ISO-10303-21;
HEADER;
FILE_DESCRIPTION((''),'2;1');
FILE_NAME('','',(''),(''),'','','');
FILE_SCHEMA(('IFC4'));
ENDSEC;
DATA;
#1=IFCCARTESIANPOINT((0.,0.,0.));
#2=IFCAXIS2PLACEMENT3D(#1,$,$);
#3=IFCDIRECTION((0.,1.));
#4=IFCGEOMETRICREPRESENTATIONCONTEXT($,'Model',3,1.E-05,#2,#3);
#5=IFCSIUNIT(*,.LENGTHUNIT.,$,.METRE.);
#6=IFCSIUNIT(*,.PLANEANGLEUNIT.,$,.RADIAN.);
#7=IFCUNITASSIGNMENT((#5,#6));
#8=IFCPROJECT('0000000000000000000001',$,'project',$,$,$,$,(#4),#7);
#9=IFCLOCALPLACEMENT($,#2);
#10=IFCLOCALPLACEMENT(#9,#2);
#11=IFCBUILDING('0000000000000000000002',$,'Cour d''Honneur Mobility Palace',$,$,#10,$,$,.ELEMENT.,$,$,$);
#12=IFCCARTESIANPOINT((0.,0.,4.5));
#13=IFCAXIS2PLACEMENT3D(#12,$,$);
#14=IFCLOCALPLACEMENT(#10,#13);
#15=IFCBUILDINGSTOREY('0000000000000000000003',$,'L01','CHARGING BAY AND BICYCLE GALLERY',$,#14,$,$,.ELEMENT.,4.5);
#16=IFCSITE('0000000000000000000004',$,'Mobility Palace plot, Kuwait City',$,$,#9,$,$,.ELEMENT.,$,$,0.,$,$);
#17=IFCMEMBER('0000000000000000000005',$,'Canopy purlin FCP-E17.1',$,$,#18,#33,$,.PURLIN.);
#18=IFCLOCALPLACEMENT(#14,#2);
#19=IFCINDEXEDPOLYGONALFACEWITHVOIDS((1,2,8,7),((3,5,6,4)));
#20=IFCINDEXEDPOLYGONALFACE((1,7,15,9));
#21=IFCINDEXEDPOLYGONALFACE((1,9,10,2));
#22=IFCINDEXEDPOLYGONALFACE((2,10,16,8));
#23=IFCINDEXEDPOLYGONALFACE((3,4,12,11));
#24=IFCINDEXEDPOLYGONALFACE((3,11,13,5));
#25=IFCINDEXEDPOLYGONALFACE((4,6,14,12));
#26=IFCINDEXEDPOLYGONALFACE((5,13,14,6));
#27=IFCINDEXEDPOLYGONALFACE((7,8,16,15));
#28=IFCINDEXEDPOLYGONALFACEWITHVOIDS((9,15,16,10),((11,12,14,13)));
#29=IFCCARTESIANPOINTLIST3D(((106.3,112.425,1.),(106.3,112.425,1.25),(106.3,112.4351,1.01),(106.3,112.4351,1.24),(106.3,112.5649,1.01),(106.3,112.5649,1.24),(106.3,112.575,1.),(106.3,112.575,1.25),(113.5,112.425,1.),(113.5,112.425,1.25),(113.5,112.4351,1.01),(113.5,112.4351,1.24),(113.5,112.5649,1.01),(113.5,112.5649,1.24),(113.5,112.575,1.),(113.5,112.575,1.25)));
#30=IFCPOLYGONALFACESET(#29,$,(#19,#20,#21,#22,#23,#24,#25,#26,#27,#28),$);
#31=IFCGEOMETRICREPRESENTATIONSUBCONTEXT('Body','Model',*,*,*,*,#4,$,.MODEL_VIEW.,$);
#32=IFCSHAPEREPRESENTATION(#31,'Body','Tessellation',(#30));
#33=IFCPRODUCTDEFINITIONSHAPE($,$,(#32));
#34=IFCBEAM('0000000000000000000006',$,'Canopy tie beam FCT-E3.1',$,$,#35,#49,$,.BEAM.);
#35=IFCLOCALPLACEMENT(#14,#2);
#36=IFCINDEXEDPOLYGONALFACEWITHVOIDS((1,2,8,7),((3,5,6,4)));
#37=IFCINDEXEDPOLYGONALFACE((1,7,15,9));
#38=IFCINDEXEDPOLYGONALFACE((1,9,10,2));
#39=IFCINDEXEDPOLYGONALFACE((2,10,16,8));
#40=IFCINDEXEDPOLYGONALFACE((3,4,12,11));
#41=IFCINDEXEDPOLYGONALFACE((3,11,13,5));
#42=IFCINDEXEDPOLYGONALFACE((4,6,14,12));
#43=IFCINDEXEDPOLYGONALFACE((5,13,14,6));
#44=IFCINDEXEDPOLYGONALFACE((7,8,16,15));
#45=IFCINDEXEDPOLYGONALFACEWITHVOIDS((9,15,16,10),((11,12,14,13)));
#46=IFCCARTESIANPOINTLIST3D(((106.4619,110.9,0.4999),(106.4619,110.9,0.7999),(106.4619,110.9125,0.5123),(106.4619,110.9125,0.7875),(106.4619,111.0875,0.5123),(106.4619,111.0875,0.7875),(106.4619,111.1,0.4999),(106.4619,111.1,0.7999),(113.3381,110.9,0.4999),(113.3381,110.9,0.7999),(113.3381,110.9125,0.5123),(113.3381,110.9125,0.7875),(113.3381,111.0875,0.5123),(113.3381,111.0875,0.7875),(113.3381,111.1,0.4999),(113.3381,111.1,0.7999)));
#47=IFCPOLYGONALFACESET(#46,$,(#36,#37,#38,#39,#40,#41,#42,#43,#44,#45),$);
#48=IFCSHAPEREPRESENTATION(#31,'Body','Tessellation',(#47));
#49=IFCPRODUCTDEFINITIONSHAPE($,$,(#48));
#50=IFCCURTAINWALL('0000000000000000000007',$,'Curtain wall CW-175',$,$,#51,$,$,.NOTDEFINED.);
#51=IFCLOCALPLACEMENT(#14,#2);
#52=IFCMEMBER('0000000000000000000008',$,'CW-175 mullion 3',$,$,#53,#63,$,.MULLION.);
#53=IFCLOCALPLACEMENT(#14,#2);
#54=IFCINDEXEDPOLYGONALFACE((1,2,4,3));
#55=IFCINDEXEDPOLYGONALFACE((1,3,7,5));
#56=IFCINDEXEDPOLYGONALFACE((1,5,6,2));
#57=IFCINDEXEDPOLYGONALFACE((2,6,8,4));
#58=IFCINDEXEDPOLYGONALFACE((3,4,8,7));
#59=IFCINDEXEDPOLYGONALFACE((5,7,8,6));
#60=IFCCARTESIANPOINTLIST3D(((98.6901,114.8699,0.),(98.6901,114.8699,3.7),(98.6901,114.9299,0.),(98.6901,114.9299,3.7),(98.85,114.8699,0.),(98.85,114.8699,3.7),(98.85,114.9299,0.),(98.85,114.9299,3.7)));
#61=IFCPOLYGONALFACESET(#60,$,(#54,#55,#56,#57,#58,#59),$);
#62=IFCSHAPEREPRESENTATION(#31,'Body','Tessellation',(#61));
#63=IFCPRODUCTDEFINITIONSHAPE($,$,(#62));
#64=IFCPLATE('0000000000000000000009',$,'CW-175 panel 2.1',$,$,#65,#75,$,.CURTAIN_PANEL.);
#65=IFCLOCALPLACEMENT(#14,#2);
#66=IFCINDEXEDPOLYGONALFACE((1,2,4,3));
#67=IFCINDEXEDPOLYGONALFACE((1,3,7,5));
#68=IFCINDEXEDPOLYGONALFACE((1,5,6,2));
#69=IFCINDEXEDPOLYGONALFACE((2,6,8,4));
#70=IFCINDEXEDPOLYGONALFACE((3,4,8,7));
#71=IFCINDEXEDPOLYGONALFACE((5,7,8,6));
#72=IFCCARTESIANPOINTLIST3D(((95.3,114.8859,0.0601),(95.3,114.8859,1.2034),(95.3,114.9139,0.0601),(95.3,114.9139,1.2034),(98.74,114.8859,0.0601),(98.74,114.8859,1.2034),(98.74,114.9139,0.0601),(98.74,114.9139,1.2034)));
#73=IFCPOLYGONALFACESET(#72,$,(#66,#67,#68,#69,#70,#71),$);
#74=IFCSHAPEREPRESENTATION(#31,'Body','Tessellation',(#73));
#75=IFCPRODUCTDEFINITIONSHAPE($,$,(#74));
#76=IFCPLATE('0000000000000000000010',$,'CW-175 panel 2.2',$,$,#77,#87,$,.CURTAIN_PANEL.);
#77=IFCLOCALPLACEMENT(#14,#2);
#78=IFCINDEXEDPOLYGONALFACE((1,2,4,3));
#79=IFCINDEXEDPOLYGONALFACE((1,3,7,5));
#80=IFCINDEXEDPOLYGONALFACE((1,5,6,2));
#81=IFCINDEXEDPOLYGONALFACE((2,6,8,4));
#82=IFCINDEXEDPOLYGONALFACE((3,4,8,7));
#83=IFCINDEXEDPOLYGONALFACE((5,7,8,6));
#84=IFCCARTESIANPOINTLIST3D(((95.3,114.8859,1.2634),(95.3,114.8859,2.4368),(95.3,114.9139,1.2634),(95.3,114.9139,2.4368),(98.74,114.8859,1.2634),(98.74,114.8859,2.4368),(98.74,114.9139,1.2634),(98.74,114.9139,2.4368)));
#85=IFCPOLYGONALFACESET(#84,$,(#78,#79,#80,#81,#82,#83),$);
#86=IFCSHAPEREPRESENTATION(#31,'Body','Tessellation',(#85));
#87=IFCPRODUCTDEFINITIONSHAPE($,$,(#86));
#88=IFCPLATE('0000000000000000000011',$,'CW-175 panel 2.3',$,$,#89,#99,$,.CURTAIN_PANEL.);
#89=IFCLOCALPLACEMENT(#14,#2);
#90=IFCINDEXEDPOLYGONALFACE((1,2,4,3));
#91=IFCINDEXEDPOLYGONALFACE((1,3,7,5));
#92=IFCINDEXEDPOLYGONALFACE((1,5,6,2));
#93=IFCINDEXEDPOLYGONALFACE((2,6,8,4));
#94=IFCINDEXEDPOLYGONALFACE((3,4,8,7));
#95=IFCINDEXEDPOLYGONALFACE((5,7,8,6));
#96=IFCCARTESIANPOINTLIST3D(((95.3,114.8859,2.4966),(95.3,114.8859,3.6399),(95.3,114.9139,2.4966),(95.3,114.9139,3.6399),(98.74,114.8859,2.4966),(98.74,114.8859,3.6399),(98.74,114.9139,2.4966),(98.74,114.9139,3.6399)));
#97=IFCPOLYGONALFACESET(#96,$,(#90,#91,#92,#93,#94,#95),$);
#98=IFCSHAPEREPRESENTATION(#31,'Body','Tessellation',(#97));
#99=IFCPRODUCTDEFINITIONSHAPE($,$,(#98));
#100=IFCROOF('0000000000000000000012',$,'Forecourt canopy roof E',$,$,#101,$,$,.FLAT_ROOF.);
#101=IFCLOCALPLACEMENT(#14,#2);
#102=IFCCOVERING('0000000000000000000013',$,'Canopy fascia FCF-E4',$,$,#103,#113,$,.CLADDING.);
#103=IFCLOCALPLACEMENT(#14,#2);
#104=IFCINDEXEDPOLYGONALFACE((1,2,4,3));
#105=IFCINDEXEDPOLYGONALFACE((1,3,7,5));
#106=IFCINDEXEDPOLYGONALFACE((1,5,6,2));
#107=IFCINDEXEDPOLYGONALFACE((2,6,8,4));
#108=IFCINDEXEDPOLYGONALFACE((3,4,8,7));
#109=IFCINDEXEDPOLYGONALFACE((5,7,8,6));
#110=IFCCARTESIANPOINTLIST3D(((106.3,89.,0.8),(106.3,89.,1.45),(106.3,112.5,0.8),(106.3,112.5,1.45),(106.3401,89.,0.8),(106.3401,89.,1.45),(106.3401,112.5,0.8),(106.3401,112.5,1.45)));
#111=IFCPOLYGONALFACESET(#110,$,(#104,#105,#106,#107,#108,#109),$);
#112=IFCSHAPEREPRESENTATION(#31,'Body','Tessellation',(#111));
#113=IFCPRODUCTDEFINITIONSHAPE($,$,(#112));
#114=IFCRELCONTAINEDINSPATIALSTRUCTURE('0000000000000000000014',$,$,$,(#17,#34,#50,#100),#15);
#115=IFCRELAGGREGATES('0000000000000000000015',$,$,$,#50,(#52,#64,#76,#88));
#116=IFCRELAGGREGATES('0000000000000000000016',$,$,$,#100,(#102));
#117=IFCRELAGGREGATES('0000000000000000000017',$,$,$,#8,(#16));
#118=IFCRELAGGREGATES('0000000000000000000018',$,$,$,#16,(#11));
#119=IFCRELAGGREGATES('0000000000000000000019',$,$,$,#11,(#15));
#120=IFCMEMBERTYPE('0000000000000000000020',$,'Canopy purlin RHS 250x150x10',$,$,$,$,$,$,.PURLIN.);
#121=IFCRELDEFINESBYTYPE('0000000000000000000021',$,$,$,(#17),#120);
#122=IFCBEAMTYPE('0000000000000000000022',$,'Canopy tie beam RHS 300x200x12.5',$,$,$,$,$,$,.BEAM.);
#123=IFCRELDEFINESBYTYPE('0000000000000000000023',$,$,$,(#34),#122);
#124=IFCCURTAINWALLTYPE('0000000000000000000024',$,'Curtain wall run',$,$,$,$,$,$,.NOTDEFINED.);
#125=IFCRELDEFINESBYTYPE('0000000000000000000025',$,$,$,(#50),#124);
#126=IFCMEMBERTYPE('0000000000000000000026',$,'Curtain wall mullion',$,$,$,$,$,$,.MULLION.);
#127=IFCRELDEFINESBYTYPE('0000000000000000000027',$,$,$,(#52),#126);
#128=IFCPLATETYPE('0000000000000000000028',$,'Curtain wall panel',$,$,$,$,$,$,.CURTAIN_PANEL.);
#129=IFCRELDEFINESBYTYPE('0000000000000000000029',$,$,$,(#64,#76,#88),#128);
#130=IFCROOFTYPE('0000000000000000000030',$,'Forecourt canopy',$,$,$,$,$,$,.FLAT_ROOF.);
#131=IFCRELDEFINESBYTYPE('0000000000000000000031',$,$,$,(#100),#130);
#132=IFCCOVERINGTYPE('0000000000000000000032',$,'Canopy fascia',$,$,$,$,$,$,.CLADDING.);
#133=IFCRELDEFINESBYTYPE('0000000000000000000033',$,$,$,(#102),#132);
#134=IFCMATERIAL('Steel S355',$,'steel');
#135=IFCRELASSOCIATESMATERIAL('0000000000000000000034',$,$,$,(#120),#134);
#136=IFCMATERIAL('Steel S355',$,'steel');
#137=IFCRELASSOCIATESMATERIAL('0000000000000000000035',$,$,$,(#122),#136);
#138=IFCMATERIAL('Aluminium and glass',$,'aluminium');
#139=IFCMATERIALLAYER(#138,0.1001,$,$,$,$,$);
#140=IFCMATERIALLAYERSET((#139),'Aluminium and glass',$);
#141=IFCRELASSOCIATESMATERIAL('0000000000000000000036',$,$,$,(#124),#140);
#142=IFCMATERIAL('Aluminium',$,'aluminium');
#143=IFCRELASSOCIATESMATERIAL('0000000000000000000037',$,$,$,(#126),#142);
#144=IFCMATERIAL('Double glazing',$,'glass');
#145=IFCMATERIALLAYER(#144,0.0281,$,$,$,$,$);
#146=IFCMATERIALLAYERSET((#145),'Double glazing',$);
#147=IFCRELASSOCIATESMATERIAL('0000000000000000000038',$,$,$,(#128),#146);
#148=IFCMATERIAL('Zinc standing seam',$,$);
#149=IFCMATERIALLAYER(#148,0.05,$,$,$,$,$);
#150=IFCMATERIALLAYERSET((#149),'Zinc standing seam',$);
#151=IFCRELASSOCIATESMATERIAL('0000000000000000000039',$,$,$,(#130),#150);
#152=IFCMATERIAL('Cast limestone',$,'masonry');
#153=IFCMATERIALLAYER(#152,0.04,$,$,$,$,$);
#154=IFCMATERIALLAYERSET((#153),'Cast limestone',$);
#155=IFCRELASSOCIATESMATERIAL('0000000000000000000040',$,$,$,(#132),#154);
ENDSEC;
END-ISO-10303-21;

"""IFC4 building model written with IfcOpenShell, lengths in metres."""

from ifc_helpers import new_model, si_unit, direction, frame, origin, origin_2d, place, context, subcontext, project, spatial, polyline, rectangle, hollow_rectangle, outline, extrude, material, layer, layer_set, material_profile, profile_set, type_object, element, aggregate, save


model = new_model("IFC4")

# Units and contexts
model_context = context("Model", 3, precision=1e-05, world=origin(), true_north=direction((0.0, 1.0)))
body_context = subcontext(model_context, "Body", "Model", "MODEL_VIEW")
ifc_project = project(units=[si_unit("LENGTHUNIT", "METRE"), si_unit("PLANEANGLEUNIT", "RADIAN")], contexts=[model_context])

# Site, building, storey
site_placement = place(None, origin())
site = spatial("IfcSite", under=ifc_project, at=site_placement, Name="Mobility Palace plot, Kuwait City", CompositionType="ELEMENT", RefElevation=0.0)
building_placement = place(site_placement, origin())
building = spatial("IfcBuilding", under=site, at=building_placement, Name="Cour d'Honneur Mobility Palace", CompositionType="ELEMENT")
storey_placement = place(building_placement, frame((0.0, 0.0, 4.5)))
storey = spatial("IfcBuildingStorey", under=building, at=storey_placement, Name="L01", Description="CHARGING BAY AND BICYCLE GALLERY", CompositionType="ELEMENT", Elevation=4.5)

# Member
ifc_material_1 = material(Name="Steel S355", Category="steel")
ifc_material_profile_1 = material_profile(ifc_material_1, hollow_rectangle(XDim=0.1499, YDim=0.25, WallThickness=0.01, at=origin_2d()), Name="RHS 250x150x10")
ifc_profile_set_1 = profile_set([ifc_material_profile_1], Name="Steel S355")
member_type_1 = type_object("IfcMemberType", Name="Canopy purlin RHS 250x150x10", PredefinedType="PURLIN", material=ifc_profile_set_1)
for number, where, z_axis, x_axis, name in (
    (1, (106.3, 112.5, 1.125), (1.0, 0.0, 0.0), (0.0, 1.0, 0.0), "Canopy purlin FCP-E17.1"),
):
    element("IfcMember", number, at=place(storey_placement, frame(where, z_axis=z_axis, x_axis=x_axis)), inside=storey, type_object=member_type_1, Name=name, PredefinedType="PURLIN", context=body_context, shape_type="SweptSolid", body=[
        extrude(hollow_rectangle(XDim=0.1499, YDim=0.25, WallThickness=0.01, at=origin_2d()), origin(), (0.0, 0.0, 1.0), 7.2),
    ])

# Beam
ifc_material_2 = material(Name="Steel S355", Category="steel")
ifc_material_profile_2 = material_profile(ifc_material_2, hollow_rectangle(XDim=0.2, YDim=0.3, WallThickness=0.0125, at=origin_2d()), Name="RHS 300x200x12.5")
ifc_profile_set_2 = profile_set([ifc_material_profile_2], Name="Steel S355")
beam_type = type_object("IfcBeamType", Name="Canopy tie beam RHS 300x200x12.5", PredefinedType="BEAM", material=ifc_profile_set_2)
beam_placement = place(storey_placement, frame((106.4619, 111.0, 0.6499), z_axis=(1.0, 0.0, 0.0), x_axis=(0.0, 1.0, 0.0)))
element("IfcBeam", 2, at=beam_placement, inside=storey, type_object=beam_type, Name="Canopy tie beam FCT-E3.1", PredefinedType="BEAM", context=body_context, shape_type="SweptSolid", body=[
    extrude(hollow_rectangle(XDim=0.2, YDim=0.3, WallThickness=0.0125, at=origin_2d()), origin(), (0.0, 0.0, 1.0), 6.8762),
])

# Curtain wall, member, plates
ifc_material_3 = material(Name="Aluminium and glass", Category="aluminium")
ifc_layer_1 = layer(ifc_material_3, 0.1001)
ifc_layer_set_1 = layer_set([ifc_layer_1], Name="Aluminium and glass")
curtain_wall_type = type_object("IfcCurtainWallType", Name="Curtain wall run", PredefinedType="NOTDEFINED", material=ifc_layer_set_1)
curtain_wall_placement = place(storey_placement, origin())
curtain_wall = element("IfcCurtainWall", 3, at=curtain_wall_placement, inside=storey, type_object=curtain_wall_type, Name="Curtain wall CW-175", PredefinedType="NOTDEFINED")
ifc_material_4 = material(Name="Aluminium", Category="aluminium")
ifc_material_profile_3 = material_profile(ifc_material_4, rectangle(XDim=0.0601, YDim=0.1599, at=origin_2d()), Name="Curtain wall mullion")
ifc_profile_set_3 = profile_set([ifc_material_profile_3], Name="Aluminium")
member_type_2 = type_object("IfcMemberType", Name="Curtain wall mullion", PredefinedType="MULLION", material=ifc_profile_set_3)
member_placement = place(storey_placement, frame((98.77, 114.8999, 0.0), z_axis=(0.0, 0.0, 1.0), x_axis=(0.0, 1.0, 0.0)))
member = element("IfcMember", 4, at=member_placement, type_object=member_type_2, Name="CW-175 mullion 3", PredefinedType="MULLION", context=body_context, shape_type="SweptSolid", body=[
    extrude(rectangle(XDim=0.0601, YDim=0.1599, at=origin_2d()), origin(), (0.0, 0.0, 1.0), 3.7),
])
ifc_material_5 = material(Name="Double glazing", Category="glass")
ifc_layer_2 = layer(ifc_material_5, 0.0281)
ifc_layer_set_2 = layer_set([ifc_layer_2], Name="Double glazing")
plate_type = type_object("IfcPlateType", Name="Curtain wall panel", PredefinedType="CURTAIN_PANEL", material=ifc_layer_set_2)
plate_1_placement = place(storey_placement, frame((97.02, 114.8999, 0.0601), z_axis=(0.0, 0.0, 1.0), x_axis=(1.0, 0.0, 0.0)))
plate_1 = element("IfcPlate", 5, at=plate_1_placement, type_object=plate_type, Name="CW-175 panel 2.1", PredefinedType="CURTAIN_PANEL", context=body_context, shape_type="SweptSolid", body=[
    extrude(rectangle(XDim=3.4399, YDim=0.0281, at=origin_2d()), origin(), (0.0, 0.0, 1.0), 1.1433),
])
plate_2_placement = place(storey_placement, frame((97.02, 114.8999, 1.2634), z_axis=(0.0, 0.0, 1.0), x_axis=(1.0, 0.0, 0.0)))
plate_2 = element("IfcPlate", 6, at=plate_2_placement, type_object=plate_type, Name="CW-175 panel 2.2", PredefinedType="CURTAIN_PANEL", context=body_context, shape_type="SweptSolid", body=[
    extrude(rectangle(XDim=3.4399, YDim=0.0281, at=origin_2d()), origin(), (0.0, 0.0, 1.0), 1.1733),
])
plate_3_placement = place(storey_placement, frame((97.02, 114.8999, 2.4966), z_axis=(0.0, 0.0, 1.0), x_axis=(1.0, 0.0, 0.0)))
plate_3 = element("IfcPlate", 7, at=plate_3_placement, type_object=plate_type, Name="CW-175 panel 2.3", PredefinedType="CURTAIN_PANEL", context=body_context, shape_type="SweptSolid", body=[
    extrude(rectangle(XDim=3.4399, YDim=0.0281, at=origin_2d()), origin(), (0.0, 0.0, 1.0), 1.1433),
])
aggregate(curtain_wall, [member, plate_1, plate_2, plate_3])

# Roof, covering
ifc_material_6 = material(Name="Zinc standing seam")
ifc_layer_3 = layer(ifc_material_6, 0.05)
ifc_layer_set_3 = layer_set([ifc_layer_3], Name="Zinc standing seam")
roof_type = type_object("IfcRoofType", Name="Forecourt canopy", PredefinedType="FLAT_ROOF", material=ifc_layer_set_3)
roof_placement = place(storey_placement, origin())
roof = element("IfcRoof", 8, at=roof_placement, inside=storey, type_object=roof_type, Name="Forecourt canopy roof E", PredefinedType="FLAT_ROOF")
ifc_material_7 = material(Name="Cast limestone", Category="masonry")
ifc_layer_4 = layer(ifc_material_7, 0.04)
ifc_layer_set_4 = layer_set([ifc_layer_4], Name="Cast limestone")
covering_type = type_object("IfcCoveringType", Name="Canopy fascia", PredefinedType="CLADDING", material=ifc_layer_set_4)
covering_placement = place(storey_placement, frame((106.3, 112.5, 0.8), z_axis=(-1.0, 0.0, 0.0), x_axis=(0.0, -1.0, 0.0)))
covering = element("IfcCovering", 9, at=covering_placement, type_object=covering_type, Name="Canopy fascia FCF-E4", PredefinedType="CLADDING", context=body_context, shape_type="SweptSolid", body=[
    extrude(outline(polyline([(0.0, 0.0), (23.5, 0.0), (23.5, 0.6499), (0.0, 0.6499), (0.0, 0.0)])), origin(), (0.0, 0.0, -1.0), 0.04),
])
aggregate(roof, [covering])

save(model, "model.ifc")
